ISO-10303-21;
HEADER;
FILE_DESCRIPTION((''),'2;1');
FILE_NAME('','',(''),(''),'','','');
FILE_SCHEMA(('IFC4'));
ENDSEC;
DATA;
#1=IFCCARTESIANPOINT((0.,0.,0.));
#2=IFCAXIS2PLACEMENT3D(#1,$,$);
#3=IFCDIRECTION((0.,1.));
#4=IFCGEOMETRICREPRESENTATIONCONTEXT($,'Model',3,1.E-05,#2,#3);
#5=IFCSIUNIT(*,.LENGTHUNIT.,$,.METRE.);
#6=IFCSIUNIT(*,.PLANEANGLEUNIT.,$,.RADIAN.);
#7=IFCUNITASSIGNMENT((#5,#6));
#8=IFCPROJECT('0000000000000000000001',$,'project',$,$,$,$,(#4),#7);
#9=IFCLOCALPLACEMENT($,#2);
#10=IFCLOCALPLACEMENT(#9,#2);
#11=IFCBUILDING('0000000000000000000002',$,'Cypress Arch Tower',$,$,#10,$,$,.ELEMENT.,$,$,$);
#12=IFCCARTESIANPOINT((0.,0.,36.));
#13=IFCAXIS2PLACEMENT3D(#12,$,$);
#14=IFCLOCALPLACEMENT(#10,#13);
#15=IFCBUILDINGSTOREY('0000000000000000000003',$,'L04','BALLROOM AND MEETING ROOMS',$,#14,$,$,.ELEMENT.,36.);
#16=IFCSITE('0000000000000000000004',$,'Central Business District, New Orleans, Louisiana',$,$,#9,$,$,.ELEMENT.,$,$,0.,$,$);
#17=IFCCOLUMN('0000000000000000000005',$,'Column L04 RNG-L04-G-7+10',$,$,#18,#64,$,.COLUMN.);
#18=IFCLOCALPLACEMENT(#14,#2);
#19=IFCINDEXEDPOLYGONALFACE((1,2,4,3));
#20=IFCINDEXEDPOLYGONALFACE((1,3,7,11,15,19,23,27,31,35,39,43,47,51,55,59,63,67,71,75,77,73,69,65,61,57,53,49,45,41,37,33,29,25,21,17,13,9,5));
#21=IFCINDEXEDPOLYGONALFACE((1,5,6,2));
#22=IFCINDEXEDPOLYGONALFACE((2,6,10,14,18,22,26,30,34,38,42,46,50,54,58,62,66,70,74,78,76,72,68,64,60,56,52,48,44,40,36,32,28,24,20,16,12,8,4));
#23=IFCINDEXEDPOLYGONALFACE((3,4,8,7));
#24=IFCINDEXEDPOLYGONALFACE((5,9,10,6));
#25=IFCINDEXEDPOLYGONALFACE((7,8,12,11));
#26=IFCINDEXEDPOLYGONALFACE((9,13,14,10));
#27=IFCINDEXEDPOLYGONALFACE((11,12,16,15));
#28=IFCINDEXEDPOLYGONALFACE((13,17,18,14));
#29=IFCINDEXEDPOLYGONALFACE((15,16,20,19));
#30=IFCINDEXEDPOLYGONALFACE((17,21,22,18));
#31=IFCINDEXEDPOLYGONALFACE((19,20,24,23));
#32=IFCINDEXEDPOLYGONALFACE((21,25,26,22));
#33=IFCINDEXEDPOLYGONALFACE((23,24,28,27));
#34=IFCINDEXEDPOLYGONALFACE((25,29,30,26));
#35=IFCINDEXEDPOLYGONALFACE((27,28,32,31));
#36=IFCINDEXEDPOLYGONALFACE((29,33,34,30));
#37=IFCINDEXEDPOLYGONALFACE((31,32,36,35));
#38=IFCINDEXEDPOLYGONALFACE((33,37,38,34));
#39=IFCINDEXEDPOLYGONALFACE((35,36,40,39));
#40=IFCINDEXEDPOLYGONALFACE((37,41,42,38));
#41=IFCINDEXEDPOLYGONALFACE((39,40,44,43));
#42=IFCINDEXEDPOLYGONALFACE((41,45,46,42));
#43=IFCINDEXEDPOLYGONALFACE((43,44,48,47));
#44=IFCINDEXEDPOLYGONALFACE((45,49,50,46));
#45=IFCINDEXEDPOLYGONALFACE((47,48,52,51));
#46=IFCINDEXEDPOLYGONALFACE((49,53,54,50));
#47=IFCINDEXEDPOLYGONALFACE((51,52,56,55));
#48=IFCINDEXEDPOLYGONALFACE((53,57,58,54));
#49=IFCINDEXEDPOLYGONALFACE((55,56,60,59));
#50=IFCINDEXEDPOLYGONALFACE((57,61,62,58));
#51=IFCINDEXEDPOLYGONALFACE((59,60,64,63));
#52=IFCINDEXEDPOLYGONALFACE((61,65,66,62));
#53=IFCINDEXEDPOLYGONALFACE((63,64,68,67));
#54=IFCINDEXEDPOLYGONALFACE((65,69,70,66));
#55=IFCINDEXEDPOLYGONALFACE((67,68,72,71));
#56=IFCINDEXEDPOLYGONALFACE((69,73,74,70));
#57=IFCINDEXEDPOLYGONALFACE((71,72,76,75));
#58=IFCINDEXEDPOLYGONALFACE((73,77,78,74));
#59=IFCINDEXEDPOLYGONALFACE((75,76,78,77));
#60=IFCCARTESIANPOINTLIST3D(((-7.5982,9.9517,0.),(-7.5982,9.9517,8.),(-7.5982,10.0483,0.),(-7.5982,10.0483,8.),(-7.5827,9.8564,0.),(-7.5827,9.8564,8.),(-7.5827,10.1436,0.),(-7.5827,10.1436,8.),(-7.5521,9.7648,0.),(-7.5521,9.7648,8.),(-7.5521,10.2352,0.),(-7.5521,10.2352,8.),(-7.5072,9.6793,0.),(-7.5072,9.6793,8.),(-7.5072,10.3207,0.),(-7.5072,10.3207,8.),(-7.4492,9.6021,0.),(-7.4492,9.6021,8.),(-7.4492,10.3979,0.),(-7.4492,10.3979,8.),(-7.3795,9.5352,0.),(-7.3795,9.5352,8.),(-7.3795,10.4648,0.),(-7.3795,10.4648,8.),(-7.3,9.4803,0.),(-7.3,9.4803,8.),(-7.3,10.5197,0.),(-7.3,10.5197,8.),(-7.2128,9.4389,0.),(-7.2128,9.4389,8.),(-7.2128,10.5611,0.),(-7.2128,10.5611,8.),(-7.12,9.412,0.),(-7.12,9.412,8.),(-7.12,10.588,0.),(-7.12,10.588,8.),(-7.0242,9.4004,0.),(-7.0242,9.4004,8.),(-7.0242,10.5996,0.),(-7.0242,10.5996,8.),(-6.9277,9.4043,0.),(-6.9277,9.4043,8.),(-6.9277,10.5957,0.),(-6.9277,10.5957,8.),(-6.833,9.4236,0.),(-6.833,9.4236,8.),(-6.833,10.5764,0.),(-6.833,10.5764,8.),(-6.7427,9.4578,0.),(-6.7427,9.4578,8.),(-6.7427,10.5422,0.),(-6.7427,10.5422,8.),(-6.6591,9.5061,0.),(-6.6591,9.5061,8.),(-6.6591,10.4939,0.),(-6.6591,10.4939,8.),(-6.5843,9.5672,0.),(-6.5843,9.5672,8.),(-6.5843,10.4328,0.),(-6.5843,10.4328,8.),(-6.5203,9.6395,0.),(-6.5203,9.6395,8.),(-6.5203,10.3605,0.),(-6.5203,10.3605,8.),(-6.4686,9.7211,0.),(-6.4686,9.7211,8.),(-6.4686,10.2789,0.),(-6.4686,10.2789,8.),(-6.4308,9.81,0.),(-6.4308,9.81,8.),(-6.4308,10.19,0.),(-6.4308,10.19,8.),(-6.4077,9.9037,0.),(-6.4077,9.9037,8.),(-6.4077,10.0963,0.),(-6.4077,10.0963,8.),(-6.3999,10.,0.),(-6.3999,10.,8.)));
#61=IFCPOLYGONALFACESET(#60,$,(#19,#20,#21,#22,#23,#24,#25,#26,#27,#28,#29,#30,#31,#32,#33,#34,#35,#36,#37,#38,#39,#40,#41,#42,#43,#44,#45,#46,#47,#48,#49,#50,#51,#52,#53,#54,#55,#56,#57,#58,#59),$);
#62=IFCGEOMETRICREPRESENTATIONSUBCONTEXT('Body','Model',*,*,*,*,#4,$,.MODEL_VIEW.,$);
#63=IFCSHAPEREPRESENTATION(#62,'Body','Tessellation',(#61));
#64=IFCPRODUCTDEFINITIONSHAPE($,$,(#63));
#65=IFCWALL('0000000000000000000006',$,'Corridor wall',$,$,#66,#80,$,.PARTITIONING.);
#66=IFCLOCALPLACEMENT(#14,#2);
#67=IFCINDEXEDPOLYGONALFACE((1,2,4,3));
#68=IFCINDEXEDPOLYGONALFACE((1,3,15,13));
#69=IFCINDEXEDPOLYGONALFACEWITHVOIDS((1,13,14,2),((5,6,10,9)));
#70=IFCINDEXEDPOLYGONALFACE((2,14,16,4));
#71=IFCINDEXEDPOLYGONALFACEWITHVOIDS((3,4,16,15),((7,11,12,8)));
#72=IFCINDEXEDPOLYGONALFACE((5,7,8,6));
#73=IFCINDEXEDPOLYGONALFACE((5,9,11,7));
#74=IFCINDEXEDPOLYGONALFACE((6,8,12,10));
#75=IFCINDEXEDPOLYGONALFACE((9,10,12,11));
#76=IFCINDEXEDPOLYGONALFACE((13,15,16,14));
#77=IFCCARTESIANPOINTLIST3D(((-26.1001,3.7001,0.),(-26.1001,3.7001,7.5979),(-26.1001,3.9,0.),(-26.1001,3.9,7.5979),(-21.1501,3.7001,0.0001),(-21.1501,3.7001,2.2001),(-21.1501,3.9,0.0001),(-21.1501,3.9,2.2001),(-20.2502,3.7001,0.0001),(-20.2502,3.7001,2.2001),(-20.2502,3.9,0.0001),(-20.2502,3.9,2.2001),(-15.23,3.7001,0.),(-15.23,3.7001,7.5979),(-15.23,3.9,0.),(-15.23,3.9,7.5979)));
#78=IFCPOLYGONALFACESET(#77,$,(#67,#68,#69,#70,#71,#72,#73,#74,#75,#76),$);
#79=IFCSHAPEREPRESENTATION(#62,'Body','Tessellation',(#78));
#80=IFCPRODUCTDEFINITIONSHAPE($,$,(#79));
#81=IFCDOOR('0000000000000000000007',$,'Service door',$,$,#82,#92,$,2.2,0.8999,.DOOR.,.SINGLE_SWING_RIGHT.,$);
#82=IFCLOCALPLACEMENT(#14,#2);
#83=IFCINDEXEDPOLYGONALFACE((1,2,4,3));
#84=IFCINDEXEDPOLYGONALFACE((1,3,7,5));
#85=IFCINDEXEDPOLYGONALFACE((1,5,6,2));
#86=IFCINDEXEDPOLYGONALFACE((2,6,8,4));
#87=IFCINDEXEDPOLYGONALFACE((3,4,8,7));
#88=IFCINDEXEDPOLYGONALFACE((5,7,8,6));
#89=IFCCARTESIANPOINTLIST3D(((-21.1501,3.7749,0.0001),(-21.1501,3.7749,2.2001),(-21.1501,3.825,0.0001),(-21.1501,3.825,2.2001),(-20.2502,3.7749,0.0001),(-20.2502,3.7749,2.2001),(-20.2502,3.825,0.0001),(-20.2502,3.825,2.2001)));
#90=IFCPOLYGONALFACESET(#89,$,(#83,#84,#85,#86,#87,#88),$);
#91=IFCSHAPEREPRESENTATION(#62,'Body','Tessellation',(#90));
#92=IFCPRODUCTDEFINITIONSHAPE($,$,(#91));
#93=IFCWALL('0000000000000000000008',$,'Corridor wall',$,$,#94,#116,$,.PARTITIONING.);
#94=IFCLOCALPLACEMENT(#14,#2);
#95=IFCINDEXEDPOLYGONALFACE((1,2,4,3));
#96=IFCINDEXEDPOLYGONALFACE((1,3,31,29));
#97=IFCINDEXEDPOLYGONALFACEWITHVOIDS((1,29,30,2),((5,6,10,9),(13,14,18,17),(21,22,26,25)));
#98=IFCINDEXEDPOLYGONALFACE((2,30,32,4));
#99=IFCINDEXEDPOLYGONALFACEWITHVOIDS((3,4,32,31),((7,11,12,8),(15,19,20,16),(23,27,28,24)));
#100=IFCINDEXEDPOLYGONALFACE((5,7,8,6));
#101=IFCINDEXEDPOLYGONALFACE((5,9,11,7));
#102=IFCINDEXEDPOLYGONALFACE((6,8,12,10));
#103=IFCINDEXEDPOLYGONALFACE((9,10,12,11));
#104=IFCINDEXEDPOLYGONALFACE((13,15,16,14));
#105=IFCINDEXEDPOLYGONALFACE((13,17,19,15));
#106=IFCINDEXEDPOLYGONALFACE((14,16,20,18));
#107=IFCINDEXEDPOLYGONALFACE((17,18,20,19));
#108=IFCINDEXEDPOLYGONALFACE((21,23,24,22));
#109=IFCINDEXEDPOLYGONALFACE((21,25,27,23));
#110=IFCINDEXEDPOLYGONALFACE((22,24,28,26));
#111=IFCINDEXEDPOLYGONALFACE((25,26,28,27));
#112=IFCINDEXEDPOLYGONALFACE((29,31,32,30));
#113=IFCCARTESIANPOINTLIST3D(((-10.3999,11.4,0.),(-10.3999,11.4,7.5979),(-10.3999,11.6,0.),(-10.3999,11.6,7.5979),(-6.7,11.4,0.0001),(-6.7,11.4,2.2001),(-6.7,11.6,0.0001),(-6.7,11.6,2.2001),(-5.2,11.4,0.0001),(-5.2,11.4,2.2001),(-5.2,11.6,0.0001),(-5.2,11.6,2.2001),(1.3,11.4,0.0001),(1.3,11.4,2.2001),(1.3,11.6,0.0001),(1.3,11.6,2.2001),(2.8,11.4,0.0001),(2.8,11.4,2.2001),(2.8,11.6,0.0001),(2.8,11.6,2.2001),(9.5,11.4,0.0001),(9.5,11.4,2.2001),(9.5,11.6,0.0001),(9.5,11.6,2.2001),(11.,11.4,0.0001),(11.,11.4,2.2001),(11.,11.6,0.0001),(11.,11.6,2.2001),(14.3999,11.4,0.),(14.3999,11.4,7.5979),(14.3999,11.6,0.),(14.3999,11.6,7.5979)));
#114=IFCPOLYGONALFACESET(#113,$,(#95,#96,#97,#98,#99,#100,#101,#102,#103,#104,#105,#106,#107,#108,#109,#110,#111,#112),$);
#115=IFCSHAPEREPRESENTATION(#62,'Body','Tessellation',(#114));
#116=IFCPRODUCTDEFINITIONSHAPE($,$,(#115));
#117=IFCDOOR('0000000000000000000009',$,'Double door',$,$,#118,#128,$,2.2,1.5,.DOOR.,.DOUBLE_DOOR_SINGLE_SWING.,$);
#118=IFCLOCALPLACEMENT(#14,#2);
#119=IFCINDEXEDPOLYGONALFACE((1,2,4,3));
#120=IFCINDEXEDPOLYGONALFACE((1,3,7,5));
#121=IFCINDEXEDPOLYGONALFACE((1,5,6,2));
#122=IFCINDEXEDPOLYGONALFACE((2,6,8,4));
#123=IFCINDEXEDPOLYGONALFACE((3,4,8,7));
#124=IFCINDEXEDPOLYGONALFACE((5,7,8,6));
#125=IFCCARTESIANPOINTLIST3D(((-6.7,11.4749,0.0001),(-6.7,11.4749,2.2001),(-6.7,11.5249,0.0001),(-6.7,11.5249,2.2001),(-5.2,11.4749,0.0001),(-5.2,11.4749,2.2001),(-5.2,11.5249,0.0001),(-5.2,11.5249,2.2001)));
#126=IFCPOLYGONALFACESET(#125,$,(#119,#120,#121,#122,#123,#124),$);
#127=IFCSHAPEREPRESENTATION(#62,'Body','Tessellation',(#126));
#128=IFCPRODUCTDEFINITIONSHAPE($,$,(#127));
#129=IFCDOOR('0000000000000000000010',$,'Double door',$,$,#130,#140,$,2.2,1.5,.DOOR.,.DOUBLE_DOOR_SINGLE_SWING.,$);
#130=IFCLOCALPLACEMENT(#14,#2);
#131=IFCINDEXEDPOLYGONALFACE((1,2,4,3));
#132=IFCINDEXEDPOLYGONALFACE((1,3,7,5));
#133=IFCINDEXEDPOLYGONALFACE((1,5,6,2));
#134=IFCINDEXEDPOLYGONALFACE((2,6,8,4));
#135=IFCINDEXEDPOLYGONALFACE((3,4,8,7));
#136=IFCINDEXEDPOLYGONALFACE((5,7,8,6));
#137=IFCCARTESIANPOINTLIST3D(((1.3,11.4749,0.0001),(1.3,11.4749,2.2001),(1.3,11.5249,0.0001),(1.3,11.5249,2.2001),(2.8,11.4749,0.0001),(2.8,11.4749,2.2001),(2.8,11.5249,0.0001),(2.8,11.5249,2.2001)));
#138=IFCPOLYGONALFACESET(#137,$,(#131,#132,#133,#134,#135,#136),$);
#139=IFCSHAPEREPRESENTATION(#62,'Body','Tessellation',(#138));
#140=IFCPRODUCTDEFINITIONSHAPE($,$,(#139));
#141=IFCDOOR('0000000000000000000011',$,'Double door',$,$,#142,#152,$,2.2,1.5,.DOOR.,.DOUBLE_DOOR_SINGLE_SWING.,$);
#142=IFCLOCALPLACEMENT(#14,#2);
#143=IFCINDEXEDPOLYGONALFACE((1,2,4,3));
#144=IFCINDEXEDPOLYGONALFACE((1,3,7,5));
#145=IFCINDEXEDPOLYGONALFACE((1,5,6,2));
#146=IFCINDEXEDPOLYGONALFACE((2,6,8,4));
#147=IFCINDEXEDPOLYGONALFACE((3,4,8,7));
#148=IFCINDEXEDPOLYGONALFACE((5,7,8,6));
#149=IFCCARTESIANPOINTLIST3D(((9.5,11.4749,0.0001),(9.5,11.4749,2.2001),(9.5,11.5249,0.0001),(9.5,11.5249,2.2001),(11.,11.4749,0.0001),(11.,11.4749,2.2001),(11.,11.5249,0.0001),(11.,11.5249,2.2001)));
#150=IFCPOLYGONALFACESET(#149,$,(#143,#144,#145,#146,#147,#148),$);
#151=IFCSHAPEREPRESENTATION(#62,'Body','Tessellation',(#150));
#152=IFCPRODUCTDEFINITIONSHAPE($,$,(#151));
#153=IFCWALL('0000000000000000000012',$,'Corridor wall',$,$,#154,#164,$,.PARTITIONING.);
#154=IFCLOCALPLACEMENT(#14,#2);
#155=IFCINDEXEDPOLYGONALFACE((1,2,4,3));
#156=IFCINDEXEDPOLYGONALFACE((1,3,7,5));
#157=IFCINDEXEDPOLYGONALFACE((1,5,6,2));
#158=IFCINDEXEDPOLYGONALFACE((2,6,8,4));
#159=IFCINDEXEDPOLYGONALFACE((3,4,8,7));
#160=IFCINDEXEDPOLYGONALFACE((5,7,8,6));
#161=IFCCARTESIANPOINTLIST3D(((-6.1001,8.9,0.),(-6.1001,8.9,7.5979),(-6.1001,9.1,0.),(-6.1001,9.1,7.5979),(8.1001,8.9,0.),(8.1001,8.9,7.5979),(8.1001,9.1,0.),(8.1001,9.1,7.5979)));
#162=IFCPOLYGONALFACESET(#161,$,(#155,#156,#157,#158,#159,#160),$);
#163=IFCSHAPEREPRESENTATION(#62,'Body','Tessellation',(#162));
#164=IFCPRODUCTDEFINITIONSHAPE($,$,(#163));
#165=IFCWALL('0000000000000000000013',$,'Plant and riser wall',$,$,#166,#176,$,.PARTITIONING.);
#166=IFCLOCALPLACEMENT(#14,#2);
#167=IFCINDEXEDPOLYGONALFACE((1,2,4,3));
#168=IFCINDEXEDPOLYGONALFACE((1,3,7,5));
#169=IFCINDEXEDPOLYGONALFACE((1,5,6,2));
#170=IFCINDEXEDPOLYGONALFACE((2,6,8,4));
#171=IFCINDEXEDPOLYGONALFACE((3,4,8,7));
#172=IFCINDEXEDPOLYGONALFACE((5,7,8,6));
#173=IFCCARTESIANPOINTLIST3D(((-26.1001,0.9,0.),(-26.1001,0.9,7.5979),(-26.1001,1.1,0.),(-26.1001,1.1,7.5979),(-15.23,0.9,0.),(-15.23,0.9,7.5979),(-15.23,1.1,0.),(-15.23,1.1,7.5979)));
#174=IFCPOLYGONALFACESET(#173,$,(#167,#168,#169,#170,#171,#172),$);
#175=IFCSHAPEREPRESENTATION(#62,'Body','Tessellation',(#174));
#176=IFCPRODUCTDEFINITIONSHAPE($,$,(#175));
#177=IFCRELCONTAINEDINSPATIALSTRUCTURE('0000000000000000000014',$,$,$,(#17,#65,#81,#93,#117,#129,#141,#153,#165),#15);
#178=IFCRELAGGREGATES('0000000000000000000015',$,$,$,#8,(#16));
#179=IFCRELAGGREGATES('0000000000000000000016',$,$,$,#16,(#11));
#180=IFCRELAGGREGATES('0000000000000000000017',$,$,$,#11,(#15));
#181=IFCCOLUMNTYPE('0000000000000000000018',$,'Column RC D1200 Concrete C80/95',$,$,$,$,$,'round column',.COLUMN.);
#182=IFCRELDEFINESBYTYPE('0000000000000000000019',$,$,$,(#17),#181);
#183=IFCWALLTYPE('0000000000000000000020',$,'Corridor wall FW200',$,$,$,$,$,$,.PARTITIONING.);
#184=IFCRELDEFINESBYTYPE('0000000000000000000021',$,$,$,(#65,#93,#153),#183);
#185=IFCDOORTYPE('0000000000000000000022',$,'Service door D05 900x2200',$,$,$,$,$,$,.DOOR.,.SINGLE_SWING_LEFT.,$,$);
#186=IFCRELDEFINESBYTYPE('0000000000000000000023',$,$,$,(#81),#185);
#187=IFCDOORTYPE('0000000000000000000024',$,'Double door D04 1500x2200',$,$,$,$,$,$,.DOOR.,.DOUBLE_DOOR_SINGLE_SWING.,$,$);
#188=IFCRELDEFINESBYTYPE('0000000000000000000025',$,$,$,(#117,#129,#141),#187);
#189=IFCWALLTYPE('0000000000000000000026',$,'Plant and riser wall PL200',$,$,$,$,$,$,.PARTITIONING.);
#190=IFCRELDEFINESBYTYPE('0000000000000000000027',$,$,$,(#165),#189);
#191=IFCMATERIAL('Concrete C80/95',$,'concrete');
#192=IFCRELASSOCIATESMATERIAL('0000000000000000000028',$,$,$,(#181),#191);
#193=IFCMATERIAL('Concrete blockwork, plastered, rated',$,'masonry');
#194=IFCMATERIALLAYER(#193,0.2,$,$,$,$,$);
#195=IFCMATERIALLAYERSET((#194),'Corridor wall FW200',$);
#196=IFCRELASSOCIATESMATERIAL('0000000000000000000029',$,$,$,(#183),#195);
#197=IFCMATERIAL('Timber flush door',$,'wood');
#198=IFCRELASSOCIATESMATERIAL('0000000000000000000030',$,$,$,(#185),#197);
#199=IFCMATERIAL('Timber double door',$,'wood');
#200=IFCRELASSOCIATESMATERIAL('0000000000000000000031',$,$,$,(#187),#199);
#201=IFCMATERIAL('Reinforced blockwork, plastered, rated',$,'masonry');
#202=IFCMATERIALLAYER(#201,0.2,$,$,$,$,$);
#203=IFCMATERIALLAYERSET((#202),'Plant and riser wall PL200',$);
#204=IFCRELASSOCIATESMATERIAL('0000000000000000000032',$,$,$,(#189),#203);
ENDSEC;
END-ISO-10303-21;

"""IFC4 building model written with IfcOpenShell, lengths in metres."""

from ifc_helpers import new_model, si_unit, direction, frame, frame_2d, origin, origin_2d, place, context, subcontext, project, spatial, rectangle, circle, extrude, material, layer, layer_set, material_profile, profile_set, type_object, element, fill, save


model = new_model("IFC4")

# Units and contexts
model_context = context("Model", 3, precision=1e-05, world=origin(), true_north=direction((0.0, 1.0)))
body_context = subcontext(model_context, "Body", "Model", "MODEL_VIEW")
ifc_project = project(units=[si_unit("LENGTHUNIT", "METRE"), si_unit("PLANEANGLEUNIT", "RADIAN")], contexts=[model_context])

# Site, building, storey
site_placement = place(None, origin())
site = spatial("IfcSite", under=ifc_project, at=site_placement, Name="Central Business District, New Orleans, Louisiana", CompositionType="ELEMENT", RefElevation=0.0)
building_placement = place(site_placement, origin())
building = spatial("IfcBuilding", under=site, at=building_placement, Name="Cypress Arch Tower", CompositionType="ELEMENT")
storey_placement = place(building_placement, frame((0.0, 0.0, 36.0)))
storey = spatial("IfcBuildingStorey", under=building, at=storey_placement, Name="L04", Description="BALLROOM AND MEETING ROOMS", CompositionType="ELEMENT", Elevation=36.0)

# Column
ifc_material_1 = material(Name="Concrete C80/95", Category="concrete")
ifc_material_profile = material_profile(ifc_material_1, circle(Radius=0.6001, at=origin_2d()), Name="RC D1200")
ifc_profile_set = profile_set([ifc_material_profile], Name="Concrete C80/95")
column_type = type_object("IfcColumnType", Name="Column RC D1200 Concrete C80/95", ElementType="round column", PredefinedType="COLUMN", material=ifc_profile_set)
column_placement = place(storey_placement, frame((-7.0, 10.0, 0.0), z_axis=(0.0, 0.0, 1.0), x_axis=(1.0, 0.0, 0.0)))
element("IfcColumn", 1, at=column_placement, inside=storey, type_object=column_type, Name="Column L04 RNG-L04-G-7+10", PredefinedType="COLUMN", context=body_context, shape_type="SweptSolid", body=[
    extrude(circle(Radius=0.6001, at=origin_2d()), origin(), (0.0, 0.0, 1.0), 8.0),
])

# Wall, opening, door
ifc_material_2 = material(Name="Concrete blockwork, plastered, rated", Category="masonry")
ifc_layer_1 = layer(ifc_material_2, 0.2)
ifc_layer_set_1 = layer_set([ifc_layer_1], Name="Corridor wall FW200")
wall_type_1 = type_object("IfcWallType", Name="Corridor wall FW200", PredefinedType="PARTITIONING", material=ifc_layer_set_1)
wall_1_placement = place(storey_placement, frame((-26.1001, 3.8, 0.0), z_axis=(0.0, 0.0, 1.0), x_axis=(1.0, 0.0, 0.0)))
wall_1 = element("IfcWall", 2, at=wall_1_placement, inside=storey, type_object=wall_type_1, Name="Corridor wall", PredefinedType="PARTITIONING", context=body_context, shape_type="SweptSolid", body=[
    extrude(rectangle(XDim=10.8701, YDim=0.2, at=frame_2d((5.4351, 0.0))), origin(), (0.0, 0.0, 1.0), 7.5979),
])
opening_1_placement = place(wall_1_placement, frame((4.95, 0.0, 0.0)))
opening_1 = element("IfcOpeningElement", 3, at=opening_1_placement, cuts=wall_1, PredefinedType="OPENING", context=body_context, shape_type="SweptSolid", body=[
    extrude(rectangle(XDim=0.8999, YDim=2.2, at=frame_2d((0.45, 1.1001))), frame((0.0, 0.1099, 0.0), z_axis=(0.0, -1.0, 0.0), x_axis=(1.0, 0.0, 0.0)), (0.0, 0.0, 1.0), 0.22),
])
ifc_material_3 = material(Name="Timber flush door", Category="wood")
door_type_1 = type_object("IfcDoorType", Name="Service door D05 900x2200", OperationType="SINGLE_SWING_LEFT", PredefinedType="DOOR", material=ifc_material_3)
door_1_placement = place(opening_1_placement, origin())
door_1 = element("IfcDoor", 4, at=door_1_placement, inside=storey, type_object=door_type_1, Name="Service door", OperationType="SINGLE_SWING_RIGHT", OverallHeight=2.2, OverallWidth=0.8999, PredefinedType="DOOR", context=body_context, shape_type="SweptSolid", body=[
    extrude(rectangle(XDim=0.8999, YDim=2.2, at=frame_2d((0.45, 1.1001))), frame((0.0, 0.0249, 0.0), z_axis=(0.0, -1.0, 0.0), x_axis=(1.0, 0.0, 0.0)), (0.0, 0.0, 1.0), 0.05),
])
fill(opening_1, door_1)

# Wall, openings, doors
wall_2_placement = place(storey_placement, frame((-10.3999, 11.5, 0.0), z_axis=(0.0, 0.0, 1.0), x_axis=(1.0, 0.0, 0.0)))
wall_2 = element("IfcWall", 5, at=wall_2_placement, inside=storey, type_object=wall_type_1, Name="Corridor wall", PredefinedType="PARTITIONING", context=body_context, shape_type="SweptSolid", body=[
    extrude(rectangle(XDim=24.7998, YDim=0.2, at=frame_2d((12.3999, 0.0))), origin(), (0.0, 0.0, 1.0), 7.5979),
])
opening_2_placement = place(wall_2_placement, frame((3.7, 0.0, 0.0)))
opening_2 = element("IfcOpeningElement", 6, at=opening_2_placement, cuts=wall_2, PredefinedType="OPENING", context=body_context, shape_type="SweptSolid", body=[
    extrude(rectangle(XDim=1.5, YDim=2.2, at=frame_2d((0.75, 1.1001))), frame((0.0, 0.1099, 0.0), z_axis=(0.0, -1.0, 0.0), x_axis=(1.0, 0.0, 0.0)), (0.0, 0.0, 1.0), 0.22),
])
opening_3_placement = place(wall_2_placement, frame((11.7, 0.0, 0.0)))
opening_3 = element("IfcOpeningElement", 7, at=opening_3_placement, cuts=wall_2, PredefinedType="OPENING", context=body_context, shape_type="SweptSolid", body=[
    extrude(rectangle(XDim=1.5, YDim=2.2, at=frame_2d((0.75, 1.1001))), frame((0.0, 0.1099, 0.0), z_axis=(0.0, -1.0, 0.0), x_axis=(1.0, 0.0, 0.0)), (0.0, 0.0, 1.0), 0.22),
])
opening_4_placement = place(wall_2_placement, frame((19.8999, 0.0, 0.0)))
opening_4 = element("IfcOpeningElement", 8, at=opening_4_placement, cuts=wall_2, PredefinedType="OPENING", context=body_context, shape_type="SweptSolid", body=[
    extrude(rectangle(XDim=1.5, YDim=2.2, at=frame_2d((0.75, 1.1001))), frame((0.0, 0.1099, 0.0), z_axis=(0.0, -1.0, 0.0), x_axis=(1.0, 0.0, 0.0)), (0.0, 0.0, 1.0), 0.22),
])
ifc_material_4 = material(Name="Timber double door", Category="wood")
door_type_2 = type_object("IfcDoorType", Name="Double door D04 1500x2200", OperationType="DOUBLE_DOOR_SINGLE_SWING", PredefinedType="DOOR", material=ifc_material_4)
door_2_placement = place(opening_2_placement, origin())
door_2 = element("IfcDoor", 9, at=door_2_placement, inside=storey, type_object=door_type_2, Name="Double door", OperationType="DOUBLE_DOOR_SINGLE_SWING", OverallHeight=2.2, OverallWidth=1.5, PredefinedType="DOOR", context=body_context, shape_type="SweptSolid", body=[
    extrude(rectangle(XDim=1.5, YDim=2.2, at=frame_2d((0.75, 1.1001))), frame((0.0, 0.0249, 0.0), z_axis=(0.0, -1.0, 0.0), x_axis=(1.0, 0.0, 0.0)), (0.0, 0.0, 1.0), 0.05),
])
fill(opening_2, door_2)
door_3_placement = place(opening_3_placement, origin())
door_3 = element("IfcDoor", 10, at=door_3_placement, inside=storey, type_object=door_type_2, Name="Double door", OperationType="DOUBLE_DOOR_SINGLE_SWING", OverallHeight=2.2, OverallWidth=1.5, PredefinedType="DOOR", context=body_context, shape_type="SweptSolid", body=[
    extrude(rectangle(XDim=1.5, YDim=2.2, at=frame_2d((0.75, 1.1001))), frame((0.0, 0.0249, 0.0), z_axis=(0.0, -1.0, 0.0), x_axis=(1.0, 0.0, 0.0)), (0.0, 0.0, 1.0), 0.05),
])
fill(opening_3, door_3)
door_4_placement = place(opening_4_placement, origin())
door_4 = element("IfcDoor", 11, at=door_4_placement, inside=storey, type_object=door_type_2, Name="Double door", OperationType="DOUBLE_DOOR_SINGLE_SWING", OverallHeight=2.2, OverallWidth=1.5, PredefinedType="DOOR", context=body_context, shape_type="SweptSolid", body=[
    extrude(rectangle(XDim=1.5, YDim=2.2, at=frame_2d((0.75, 1.1001))), frame((0.0, 0.0249, 0.0), z_axis=(0.0, -1.0, 0.0), x_axis=(1.0, 0.0, 0.0)), (0.0, 0.0, 1.0), 0.05),
])
fill(opening_4, door_4)

# Walls
wall_3_placement = place(storey_placement, frame((-6.1001, 9.0, 0.0), z_axis=(0.0, 0.0, 1.0), x_axis=(1.0, 0.0, 0.0)))
element("IfcWall", 12, at=wall_3_placement, inside=storey, type_object=wall_type_1, Name="Corridor wall", PredefinedType="PARTITIONING", context=body_context, shape_type="SweptSolid", body=[
    extrude(rectangle(XDim=14.2002, YDim=0.2, at=frame_2d((7.1001, 0.0))), origin(), (0.0, 0.0, 1.0), 7.5979),
])
ifc_material_5 = material(Name="Reinforced blockwork, plastered, rated", Category="masonry")
ifc_layer_2 = layer(ifc_material_5, 0.2)
ifc_layer_set_2 = layer_set([ifc_layer_2], Name="Plant and riser wall PL200")
wall_type_2 = type_object("IfcWallType", Name="Plant and riser wall PL200", PredefinedType="PARTITIONING", material=ifc_layer_set_2)
wall_4_placement = place(storey_placement, frame((-26.1001, 1.0, 0.0), z_axis=(0.0, 0.0, 1.0), x_axis=(1.0, 0.0, 0.0)))
element("IfcWall", 13, at=wall_4_placement, inside=storey, type_object=wall_type_2, Name="Plant and riser wall", PredefinedType="PARTITIONING", context=body_context, shape_type="SweptSolid", body=[
    extrude(rectangle(XDim=10.8701, YDim=0.2, at=frame_2d((5.4351, 0.0))), origin(), (0.0, 0.0, 1.0), 7.5979),
])

save(model, "model.ifc")
